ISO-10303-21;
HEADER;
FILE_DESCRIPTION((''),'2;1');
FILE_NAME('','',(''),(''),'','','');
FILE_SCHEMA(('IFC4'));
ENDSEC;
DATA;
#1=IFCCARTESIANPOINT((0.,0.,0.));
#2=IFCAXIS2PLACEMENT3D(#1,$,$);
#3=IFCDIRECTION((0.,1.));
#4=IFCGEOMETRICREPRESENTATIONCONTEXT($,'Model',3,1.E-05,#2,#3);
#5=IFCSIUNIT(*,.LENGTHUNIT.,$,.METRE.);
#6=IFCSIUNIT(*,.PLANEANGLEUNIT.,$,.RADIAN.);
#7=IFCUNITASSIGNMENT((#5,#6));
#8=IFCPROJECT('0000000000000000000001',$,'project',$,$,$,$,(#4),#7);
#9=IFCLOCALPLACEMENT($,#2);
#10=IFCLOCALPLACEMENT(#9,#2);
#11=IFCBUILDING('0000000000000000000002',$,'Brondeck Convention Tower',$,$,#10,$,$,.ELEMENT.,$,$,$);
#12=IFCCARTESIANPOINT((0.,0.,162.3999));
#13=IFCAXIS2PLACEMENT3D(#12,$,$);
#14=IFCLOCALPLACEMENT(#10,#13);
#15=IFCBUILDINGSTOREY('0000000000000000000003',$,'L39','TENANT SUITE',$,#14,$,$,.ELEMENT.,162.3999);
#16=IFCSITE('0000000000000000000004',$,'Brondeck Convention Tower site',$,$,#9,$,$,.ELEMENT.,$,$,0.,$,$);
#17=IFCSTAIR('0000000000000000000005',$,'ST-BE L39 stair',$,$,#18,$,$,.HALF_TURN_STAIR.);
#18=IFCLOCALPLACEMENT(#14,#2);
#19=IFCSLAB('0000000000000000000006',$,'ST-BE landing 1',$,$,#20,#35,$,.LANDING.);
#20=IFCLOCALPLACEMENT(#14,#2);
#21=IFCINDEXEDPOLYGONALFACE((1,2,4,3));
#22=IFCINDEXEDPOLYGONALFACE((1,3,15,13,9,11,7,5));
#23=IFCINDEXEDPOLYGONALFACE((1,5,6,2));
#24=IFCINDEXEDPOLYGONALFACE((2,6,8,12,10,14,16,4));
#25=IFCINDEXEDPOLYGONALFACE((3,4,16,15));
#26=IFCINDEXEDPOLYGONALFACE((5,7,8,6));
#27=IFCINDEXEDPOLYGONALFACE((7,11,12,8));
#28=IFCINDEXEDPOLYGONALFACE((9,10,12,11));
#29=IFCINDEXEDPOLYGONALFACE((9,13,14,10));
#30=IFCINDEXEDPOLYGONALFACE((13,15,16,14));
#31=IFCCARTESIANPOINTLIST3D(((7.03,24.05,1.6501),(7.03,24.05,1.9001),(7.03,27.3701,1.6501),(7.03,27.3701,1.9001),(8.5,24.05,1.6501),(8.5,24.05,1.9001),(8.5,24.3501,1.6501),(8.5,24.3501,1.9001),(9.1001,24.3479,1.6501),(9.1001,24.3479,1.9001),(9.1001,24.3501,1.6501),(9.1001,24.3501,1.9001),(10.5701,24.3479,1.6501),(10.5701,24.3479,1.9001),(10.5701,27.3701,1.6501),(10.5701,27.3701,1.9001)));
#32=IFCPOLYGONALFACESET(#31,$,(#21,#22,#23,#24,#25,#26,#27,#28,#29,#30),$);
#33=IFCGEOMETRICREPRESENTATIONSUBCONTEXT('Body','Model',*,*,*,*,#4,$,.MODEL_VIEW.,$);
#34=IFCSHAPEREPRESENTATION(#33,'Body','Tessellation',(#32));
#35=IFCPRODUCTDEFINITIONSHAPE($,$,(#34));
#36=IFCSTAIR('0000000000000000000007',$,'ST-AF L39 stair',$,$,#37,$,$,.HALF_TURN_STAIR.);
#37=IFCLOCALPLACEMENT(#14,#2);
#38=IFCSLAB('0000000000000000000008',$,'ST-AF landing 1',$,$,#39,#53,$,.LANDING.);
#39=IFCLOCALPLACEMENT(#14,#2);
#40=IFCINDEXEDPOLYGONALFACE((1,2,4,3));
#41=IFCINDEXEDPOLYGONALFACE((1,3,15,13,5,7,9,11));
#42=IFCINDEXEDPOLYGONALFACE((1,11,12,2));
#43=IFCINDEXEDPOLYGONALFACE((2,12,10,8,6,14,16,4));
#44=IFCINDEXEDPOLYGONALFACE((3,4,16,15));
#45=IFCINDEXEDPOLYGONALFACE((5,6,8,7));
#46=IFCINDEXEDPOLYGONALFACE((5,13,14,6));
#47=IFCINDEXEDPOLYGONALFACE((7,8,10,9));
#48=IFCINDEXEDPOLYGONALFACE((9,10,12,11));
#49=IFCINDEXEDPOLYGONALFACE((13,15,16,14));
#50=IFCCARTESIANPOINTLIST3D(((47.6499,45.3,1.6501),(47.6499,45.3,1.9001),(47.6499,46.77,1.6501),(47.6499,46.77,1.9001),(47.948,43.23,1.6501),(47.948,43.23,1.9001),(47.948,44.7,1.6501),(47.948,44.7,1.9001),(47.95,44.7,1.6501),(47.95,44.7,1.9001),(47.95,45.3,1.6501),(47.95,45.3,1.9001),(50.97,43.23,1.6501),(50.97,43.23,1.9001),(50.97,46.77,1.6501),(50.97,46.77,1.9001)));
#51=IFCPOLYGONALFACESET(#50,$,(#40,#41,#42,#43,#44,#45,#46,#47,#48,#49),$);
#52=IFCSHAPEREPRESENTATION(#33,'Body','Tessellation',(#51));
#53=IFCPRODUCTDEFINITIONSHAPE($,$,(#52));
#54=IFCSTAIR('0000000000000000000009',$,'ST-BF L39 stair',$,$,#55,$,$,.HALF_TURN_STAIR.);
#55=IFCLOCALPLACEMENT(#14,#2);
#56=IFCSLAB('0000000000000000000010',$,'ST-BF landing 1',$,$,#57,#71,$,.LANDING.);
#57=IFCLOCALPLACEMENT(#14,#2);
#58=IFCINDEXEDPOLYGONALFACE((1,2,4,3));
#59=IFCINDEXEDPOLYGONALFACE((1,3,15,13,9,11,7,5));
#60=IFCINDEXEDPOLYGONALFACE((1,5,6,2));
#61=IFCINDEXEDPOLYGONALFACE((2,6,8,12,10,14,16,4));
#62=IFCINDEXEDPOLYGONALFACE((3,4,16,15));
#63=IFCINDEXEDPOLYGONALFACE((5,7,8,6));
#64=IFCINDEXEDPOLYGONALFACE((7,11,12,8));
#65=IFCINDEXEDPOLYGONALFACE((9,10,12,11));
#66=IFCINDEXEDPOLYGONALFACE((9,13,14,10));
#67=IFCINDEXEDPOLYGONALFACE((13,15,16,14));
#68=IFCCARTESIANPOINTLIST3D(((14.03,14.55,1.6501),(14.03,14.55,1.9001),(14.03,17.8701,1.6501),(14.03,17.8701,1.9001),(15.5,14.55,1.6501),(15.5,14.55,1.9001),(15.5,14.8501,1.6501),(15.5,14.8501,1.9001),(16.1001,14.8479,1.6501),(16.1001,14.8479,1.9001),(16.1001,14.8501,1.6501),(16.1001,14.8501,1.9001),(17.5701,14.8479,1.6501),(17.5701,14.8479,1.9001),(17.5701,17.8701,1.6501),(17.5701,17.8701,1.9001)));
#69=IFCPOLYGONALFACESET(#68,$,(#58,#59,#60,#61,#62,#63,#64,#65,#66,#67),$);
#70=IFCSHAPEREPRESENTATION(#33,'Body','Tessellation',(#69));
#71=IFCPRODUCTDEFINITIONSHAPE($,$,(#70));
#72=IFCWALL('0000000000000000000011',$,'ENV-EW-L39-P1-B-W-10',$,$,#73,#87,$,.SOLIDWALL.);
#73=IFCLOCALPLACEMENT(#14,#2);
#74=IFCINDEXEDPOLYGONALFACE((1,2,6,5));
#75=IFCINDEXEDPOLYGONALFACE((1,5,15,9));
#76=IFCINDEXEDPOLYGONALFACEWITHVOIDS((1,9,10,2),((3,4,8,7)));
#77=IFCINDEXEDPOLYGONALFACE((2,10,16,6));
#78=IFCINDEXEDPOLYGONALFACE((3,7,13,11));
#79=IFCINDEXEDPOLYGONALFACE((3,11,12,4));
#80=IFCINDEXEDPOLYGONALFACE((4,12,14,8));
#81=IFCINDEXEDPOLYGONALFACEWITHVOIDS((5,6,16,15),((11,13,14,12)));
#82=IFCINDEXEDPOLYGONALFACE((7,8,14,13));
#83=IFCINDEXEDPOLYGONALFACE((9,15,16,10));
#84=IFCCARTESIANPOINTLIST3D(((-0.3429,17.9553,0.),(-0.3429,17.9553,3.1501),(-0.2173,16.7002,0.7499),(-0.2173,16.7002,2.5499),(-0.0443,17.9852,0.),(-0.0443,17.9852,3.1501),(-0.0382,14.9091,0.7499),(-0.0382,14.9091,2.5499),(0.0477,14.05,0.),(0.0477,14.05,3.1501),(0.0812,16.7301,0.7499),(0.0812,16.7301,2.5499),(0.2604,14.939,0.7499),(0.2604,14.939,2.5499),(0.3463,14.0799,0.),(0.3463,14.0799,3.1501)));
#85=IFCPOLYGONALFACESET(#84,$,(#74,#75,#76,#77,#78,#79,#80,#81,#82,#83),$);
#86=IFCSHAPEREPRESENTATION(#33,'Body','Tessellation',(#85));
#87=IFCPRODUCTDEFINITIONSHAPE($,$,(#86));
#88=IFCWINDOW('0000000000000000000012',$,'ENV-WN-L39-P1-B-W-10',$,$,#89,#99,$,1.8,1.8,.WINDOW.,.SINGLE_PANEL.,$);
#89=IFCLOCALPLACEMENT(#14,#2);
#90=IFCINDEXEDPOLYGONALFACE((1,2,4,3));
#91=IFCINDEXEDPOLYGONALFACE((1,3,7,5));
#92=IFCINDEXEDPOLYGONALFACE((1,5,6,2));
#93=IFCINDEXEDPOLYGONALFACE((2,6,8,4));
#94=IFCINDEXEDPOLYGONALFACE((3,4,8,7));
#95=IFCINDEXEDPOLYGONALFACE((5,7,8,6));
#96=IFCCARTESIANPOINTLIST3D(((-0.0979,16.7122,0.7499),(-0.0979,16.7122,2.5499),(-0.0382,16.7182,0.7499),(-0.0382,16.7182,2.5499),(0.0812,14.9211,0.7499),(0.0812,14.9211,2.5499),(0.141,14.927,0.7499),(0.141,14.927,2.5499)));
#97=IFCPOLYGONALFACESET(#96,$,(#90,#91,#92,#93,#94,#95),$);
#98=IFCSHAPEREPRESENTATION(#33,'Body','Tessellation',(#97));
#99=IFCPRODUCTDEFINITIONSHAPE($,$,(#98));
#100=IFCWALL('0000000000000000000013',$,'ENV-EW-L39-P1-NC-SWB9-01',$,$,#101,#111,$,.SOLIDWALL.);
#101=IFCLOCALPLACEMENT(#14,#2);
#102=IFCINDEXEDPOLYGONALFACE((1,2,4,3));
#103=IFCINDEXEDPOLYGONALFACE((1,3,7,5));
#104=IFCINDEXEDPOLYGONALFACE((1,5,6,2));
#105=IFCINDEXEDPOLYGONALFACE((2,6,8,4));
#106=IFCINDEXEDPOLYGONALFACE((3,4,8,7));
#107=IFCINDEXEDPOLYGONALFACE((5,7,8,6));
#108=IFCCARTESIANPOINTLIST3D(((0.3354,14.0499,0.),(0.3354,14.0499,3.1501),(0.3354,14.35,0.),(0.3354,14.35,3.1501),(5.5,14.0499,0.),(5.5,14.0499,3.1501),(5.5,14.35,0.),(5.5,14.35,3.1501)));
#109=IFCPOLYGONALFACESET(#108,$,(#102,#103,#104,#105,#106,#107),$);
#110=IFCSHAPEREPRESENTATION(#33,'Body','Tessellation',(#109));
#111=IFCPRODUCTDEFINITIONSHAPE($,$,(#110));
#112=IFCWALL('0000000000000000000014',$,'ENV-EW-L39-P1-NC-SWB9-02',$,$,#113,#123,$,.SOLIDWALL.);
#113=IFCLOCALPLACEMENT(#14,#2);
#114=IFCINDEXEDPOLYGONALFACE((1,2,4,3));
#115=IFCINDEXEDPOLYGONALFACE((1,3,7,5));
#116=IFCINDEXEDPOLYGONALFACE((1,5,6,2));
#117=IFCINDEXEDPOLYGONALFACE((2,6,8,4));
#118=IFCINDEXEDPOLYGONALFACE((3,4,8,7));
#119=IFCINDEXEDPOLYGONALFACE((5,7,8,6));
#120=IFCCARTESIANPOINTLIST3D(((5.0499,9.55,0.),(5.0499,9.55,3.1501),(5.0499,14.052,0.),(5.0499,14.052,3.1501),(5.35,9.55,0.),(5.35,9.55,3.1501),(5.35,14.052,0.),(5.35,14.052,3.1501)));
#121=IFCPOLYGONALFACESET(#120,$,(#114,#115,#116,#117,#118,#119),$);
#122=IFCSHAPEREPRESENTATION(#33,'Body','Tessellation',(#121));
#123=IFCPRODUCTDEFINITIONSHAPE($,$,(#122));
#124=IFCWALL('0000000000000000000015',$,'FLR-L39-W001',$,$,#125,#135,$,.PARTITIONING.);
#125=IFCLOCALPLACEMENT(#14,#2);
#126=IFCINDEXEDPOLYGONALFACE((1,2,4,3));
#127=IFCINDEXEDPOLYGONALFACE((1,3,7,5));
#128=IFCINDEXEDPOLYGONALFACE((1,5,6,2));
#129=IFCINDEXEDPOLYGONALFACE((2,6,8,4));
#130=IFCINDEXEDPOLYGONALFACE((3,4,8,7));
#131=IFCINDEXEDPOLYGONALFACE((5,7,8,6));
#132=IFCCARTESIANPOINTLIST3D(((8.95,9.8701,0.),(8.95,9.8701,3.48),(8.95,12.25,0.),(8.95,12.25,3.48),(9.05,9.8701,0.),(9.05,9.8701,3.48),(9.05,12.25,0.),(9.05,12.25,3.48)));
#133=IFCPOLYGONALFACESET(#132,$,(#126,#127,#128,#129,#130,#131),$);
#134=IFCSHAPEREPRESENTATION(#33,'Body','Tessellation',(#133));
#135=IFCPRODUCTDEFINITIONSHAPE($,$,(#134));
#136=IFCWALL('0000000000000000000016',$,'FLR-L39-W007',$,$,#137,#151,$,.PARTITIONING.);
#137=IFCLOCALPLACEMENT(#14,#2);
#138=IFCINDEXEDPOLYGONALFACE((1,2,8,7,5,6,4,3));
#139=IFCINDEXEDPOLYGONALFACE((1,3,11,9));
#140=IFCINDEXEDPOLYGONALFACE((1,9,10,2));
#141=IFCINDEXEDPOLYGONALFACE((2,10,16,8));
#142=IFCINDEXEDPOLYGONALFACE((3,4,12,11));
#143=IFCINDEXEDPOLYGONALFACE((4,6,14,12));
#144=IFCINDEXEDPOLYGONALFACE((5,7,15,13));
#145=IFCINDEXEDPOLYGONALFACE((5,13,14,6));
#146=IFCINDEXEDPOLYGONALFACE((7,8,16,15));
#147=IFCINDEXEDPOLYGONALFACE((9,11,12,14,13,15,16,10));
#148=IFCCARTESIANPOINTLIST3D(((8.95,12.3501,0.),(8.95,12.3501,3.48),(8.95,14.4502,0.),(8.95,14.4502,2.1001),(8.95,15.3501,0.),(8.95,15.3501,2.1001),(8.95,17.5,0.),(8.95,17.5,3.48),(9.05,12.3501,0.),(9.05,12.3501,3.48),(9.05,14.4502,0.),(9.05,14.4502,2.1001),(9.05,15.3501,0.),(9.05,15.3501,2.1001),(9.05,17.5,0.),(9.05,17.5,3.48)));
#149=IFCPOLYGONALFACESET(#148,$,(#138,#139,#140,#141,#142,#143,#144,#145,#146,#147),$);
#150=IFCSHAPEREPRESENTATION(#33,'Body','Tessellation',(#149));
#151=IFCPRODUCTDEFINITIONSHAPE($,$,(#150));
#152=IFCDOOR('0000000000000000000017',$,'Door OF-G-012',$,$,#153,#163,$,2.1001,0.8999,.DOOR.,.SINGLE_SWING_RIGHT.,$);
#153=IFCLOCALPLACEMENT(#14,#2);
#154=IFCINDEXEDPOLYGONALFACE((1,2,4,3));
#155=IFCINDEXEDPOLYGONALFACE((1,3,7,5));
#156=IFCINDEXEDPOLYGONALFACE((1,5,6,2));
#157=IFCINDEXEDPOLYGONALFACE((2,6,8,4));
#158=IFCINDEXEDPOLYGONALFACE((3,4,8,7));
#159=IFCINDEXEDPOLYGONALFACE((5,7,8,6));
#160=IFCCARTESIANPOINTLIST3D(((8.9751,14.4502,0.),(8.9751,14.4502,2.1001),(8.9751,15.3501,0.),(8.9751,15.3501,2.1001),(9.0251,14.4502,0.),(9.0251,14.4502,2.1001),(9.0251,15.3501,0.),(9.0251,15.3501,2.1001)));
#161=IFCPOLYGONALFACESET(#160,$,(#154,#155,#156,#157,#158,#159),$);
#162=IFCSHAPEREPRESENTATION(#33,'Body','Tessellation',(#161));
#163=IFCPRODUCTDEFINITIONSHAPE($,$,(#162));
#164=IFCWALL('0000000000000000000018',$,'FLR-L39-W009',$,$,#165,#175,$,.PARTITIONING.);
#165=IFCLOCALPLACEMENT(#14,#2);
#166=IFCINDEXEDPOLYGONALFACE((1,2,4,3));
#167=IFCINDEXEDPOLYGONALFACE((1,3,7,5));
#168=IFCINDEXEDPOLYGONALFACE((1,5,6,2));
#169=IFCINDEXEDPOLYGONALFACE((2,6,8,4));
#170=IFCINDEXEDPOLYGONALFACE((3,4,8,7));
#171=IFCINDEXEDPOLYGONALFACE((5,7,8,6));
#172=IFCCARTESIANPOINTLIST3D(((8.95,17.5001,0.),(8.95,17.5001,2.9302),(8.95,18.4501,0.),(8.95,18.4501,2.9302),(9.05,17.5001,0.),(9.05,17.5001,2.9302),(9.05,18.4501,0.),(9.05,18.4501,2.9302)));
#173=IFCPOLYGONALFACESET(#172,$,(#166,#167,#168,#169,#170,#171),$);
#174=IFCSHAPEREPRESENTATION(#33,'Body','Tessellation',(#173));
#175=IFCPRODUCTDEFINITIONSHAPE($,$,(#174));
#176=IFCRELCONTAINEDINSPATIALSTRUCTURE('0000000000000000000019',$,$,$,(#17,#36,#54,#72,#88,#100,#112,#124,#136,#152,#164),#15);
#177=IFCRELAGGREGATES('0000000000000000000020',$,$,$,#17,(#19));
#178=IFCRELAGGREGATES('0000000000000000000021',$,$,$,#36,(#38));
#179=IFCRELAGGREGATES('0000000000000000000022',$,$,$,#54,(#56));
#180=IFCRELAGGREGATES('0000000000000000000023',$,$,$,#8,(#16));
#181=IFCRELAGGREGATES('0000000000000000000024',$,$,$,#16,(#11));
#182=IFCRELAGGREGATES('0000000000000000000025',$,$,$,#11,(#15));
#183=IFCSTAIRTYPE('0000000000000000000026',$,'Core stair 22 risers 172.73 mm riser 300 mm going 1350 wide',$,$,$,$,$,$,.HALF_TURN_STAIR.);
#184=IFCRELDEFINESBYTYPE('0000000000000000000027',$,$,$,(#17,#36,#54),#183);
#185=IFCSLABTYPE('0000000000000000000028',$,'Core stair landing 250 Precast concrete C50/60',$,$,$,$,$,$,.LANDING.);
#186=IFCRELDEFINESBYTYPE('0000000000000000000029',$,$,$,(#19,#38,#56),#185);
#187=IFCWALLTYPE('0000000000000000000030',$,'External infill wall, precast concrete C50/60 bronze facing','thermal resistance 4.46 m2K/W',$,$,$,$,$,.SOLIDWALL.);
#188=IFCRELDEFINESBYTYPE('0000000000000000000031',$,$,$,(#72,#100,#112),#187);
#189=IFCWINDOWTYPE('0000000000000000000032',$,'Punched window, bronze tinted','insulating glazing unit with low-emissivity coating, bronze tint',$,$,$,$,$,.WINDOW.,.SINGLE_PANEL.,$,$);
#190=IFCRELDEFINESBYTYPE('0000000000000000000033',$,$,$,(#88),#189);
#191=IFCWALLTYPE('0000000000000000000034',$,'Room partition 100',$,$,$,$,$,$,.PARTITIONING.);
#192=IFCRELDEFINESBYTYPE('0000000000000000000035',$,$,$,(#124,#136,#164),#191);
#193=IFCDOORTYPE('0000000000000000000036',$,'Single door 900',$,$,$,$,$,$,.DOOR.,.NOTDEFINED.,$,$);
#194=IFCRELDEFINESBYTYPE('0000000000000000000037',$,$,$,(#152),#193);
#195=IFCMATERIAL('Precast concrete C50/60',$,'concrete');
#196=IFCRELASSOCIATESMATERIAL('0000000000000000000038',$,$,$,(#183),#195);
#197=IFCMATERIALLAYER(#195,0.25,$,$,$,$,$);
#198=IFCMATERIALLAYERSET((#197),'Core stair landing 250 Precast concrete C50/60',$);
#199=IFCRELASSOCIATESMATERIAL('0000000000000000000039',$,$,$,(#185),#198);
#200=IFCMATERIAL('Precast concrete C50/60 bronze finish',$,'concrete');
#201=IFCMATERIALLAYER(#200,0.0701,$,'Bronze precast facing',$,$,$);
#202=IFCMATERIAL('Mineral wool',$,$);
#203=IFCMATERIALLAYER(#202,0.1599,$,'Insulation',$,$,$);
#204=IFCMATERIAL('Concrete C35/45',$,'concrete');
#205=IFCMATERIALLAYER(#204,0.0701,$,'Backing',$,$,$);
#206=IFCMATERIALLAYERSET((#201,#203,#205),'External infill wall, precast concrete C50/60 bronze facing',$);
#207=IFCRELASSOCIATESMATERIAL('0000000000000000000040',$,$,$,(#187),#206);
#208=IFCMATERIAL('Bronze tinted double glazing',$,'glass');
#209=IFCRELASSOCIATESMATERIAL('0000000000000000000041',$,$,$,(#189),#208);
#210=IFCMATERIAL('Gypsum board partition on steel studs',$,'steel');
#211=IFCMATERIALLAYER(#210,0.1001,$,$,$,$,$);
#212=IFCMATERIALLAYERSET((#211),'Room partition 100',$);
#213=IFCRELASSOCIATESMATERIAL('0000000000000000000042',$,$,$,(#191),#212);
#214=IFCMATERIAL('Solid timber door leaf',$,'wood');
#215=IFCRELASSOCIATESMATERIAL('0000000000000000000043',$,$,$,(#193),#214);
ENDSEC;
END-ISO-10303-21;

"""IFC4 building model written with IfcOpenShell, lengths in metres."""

from ifc_helpers import new_model, si_unit, direction, frame, frame_2d, origin, place, context, subcontext, project, spatial, polyline, rectangle, outline, extrude, material, layer, layer_set, type_object, element, fill, aggregate, save


model = new_model("IFC4")

# Units and contexts
model_context = context("Model", 3, precision=1e-05, world=origin(), true_north=direction((0.0, 1.0)))
body_context = subcontext(model_context, "Body", "Model", "MODEL_VIEW")
ifc_project = project(units=[si_unit("LENGTHUNIT", "METRE"), si_unit("PLANEANGLEUNIT", "RADIAN")], contexts=[model_context])

# Site, building, storey
site_placement = place(None, origin())
site = spatial("IfcSite", under=ifc_project, at=site_placement, Name="Brondeck Convention Tower site", CompositionType="ELEMENT", RefElevation=0.0)
building_placement = place(site_placement, origin())
building = spatial("IfcBuilding", under=site, at=building_placement, Name="Brondeck Convention Tower", CompositionType="ELEMENT")
storey_placement = place(building_placement, frame((0.0, 0.0, 162.3999)))
storey = spatial("IfcBuildingStorey", under=building, at=storey_placement, Name="L39", Description="TENANT SUITE", CompositionType="ELEMENT", Elevation=162.3999)

# Shared definitions
ifc_material_1 = material(Name="Concrete C35/45", Category="concrete")

# Stairs, slabs
ifc_material_2 = material(Name="Precast concrete C50/60", Category="concrete")
stair_type = type_object("IfcStairType", Name="Core stair 22 risers 172.73 mm riser 300 mm going 1350 wide", PredefinedType="HALF_TURN_STAIR", material=ifc_material_2)
ifc_layer_1 = layer(ifc_material_2, 0.25)
ifc_layer_set_1 = layer_set([ifc_layer_1], Name="Core stair landing 250 Precast concrete C50/60")
slab_type_1 = type_object("IfcSlabType", Name="Core stair landing 250 Precast concrete C50/60", PredefinedType="LANDING", material=ifc_layer_set_1)
stair_1_placement = place(storey_placement, origin())
stair_1 = element("IfcStair", 1, at=stair_1_placement, inside=storey, type_object=stair_type, Name="ST-BE L39 stair", PredefinedType="HALF_TURN_STAIR")
slab_1_placement = place(storey_placement, frame((0.0, 0.0, 1.6501)))
slab_1 = element("IfcSlab", 2, at=slab_1_placement, type_object=slab_type_1, Name="ST-BE landing 1", PredefinedType="LANDING", context=body_context, shape_type="SweptSolid", body=[
    extrude(outline(polyline([(7.03, 24.05), (7.03, 27.3701), (10.5701, 27.3701), (10.5701, 24.3479), (9.1001, 24.3479), (9.1001, 24.3501), (8.5, 24.3501), (8.5, 24.05), (7.03, 24.05)])), origin(), (0.0, 0.0, 1.0), 0.25),
])
aggregate(stair_1, [slab_1])
stair_2_placement = place(storey_placement, origin())
stair_2 = element("IfcStair", 3, at=stair_2_placement, inside=storey, type_object=stair_type, Name="ST-AF L39 stair", PredefinedType="HALF_TURN_STAIR")
slab_2_placement = place(storey_placement, frame((0.0, 0.0, 1.6501)))
slab_2 = element("IfcSlab", 4, at=slab_2_placement, type_object=slab_type_1, Name="ST-AF landing 1", PredefinedType="LANDING", context=body_context, shape_type="SweptSolid", body=[
    extrude(outline(polyline([(47.948, 44.7), (47.95, 44.7), (47.95, 45.3), (47.6499, 45.3), (47.6499, 46.77), (50.97, 46.77), (50.97, 43.23), (47.948, 43.23), (47.948, 44.7)])), origin(), (0.0, 0.0, 1.0), 0.25),
])
aggregate(stair_2, [slab_2])
stair_3_placement = place(storey_placement, origin())
stair_3 = element("IfcStair", 5, at=stair_3_placement, inside=storey, type_object=stair_type, Name="ST-BF L39 stair", PredefinedType="HALF_TURN_STAIR")
slab_3_placement = place(storey_placement, frame((0.0, 0.0, 1.6501)))
slab_3 = element("IfcSlab", 6, at=slab_3_placement, type_object=slab_type_1, Name="ST-BF landing 1", PredefinedType="LANDING", context=body_context, shape_type="SweptSolid", body=[
    extrude(outline(polyline([(14.03, 14.55), (14.03, 17.8701), (17.5701, 17.8701), (17.5701, 14.8479), (16.1001, 14.8479), (16.1001, 14.8501), (15.5, 14.8501), (15.5, 14.55), (14.03, 14.55)])), origin(), (0.0, 0.0, 1.0), 0.25),
])
aggregate(stair_3, [slab_3])

# Wall, opening, window
ifc_material_3 = material(Name="Precast concrete C50/60 bronze finish", Category="concrete")
ifc_layer_2 = layer(ifc_material_3, 0.0701, Name="Bronze precast facing")
ifc_material_4 = material(Name="Mineral wool")
ifc_layer_3 = layer(ifc_material_4, 0.1599, Name="Insulation")
ifc_layer_4 = layer(ifc_material_1, 0.0701, Name="Backing")
ifc_layer_set_2 = layer_set([ifc_layer_2, ifc_layer_3, ifc_layer_4], Name="External infill wall, precast concrete C50/60 bronze facing")
wall_type_1 = type_object("IfcWallType", Name="External infill wall, precast concrete C50/60 bronze facing", Description="thermal resistance 4.46 m2K/W", PredefinedType="SOLIDWALL", material=ifc_layer_set_2)
wall_1_placement = place(storey_placement, frame((0.197, 14.0649, 0.0), z_axis=(0.0, 0.0, 1.0), x_axis=(-0.099528, 0.995035, 0.0)))
wall_1 = element("IfcWall", 7, at=wall_1_placement, inside=storey, type_object=wall_type_1, Name="ENV-EW-L39-P1-B-W-10", PredefinedType="SOLIDWALL", context=body_context, shape_type="SweptSolid", body=[
    extrude(rectangle(XDim=3.9248, YDim=0.3, at=frame_2d((1.9624, 0.0))), origin(), (0.0, 0.0, 1.0), 3.1501),
])
opening_1_placement = place(wall_1_placement, frame((0.8635, 0.0, 0.75)))
opening_1 = element("IfcOpeningElement", 8, at=opening_1_placement, cuts=wall_1, PredefinedType="OPENING", context=body_context, shape_type="SweptSolid", body=[
    extrude(rectangle(XDim=1.8, YDim=1.8, at=frame_2d((0.8999, 0.8999))), frame((0.0, 0.1599, 0.0), z_axis=(0.0, -1.0, 0.0), x_axis=(1.0, 0.0, 0.0)), (0.0, 0.0, 1.0), 0.3201),
])
ifc_material_5 = material(Name="Bronze tinted double glazing", Category="glass")
window_type = type_object("IfcWindowType", Name="Punched window, bronze tinted", Description="insulating glazing unit with low-emissivity coating, bronze tint", PartitioningType="SINGLE_PANEL", PredefinedType="WINDOW", material=ifc_material_5)
window_placement = place(opening_1_placement, origin())
window = element("IfcWindow", 9, at=window_placement, inside=storey, type_object=window_type, Name="ENV-WN-L39-P1-B-W-10", OverallHeight=1.8, OverallWidth=1.8, PartitioningType="SINGLE_PANEL", PredefinedType="WINDOW", context=body_context, shape_type="SweptSolid", body=[
    extrude(rectangle(XDim=1.8, YDim=1.8, at=frame_2d((0.8999, 0.8999))), frame((0.0, 0.03, 0.0), z_axis=(0.0, -1.0, 0.0), x_axis=(1.0, 0.0, 0.0)), (0.0, 0.0, 1.0), 0.0601),
])
fill(opening_1, window)

# Walls
wall_2_placement = place(storey_placement, frame((5.5, 14.2, 0.0), z_axis=(0.0, 0.0, 1.0), x_axis=(-1.0, 0.0, 0.0)))
element("IfcWall", 10, at=wall_2_placement, inside=storey, type_object=wall_type_1, Name="ENV-EW-L39-P1-NC-SWB9-01", PredefinedType="SOLIDWALL", context=body_context, shape_type="SweptSolid", body=[
    extrude(rectangle(XDim=5.1646, YDim=0.3, at=frame_2d((2.5823, 0.0))), origin(), (0.0, 0.0, 1.0), 3.1501),
])
wall_3_placement = place(storey_placement, frame((5.2, 9.55, 0.0), z_axis=(0.0, 0.0, 1.0), x_axis=(0.0, 1.0, 0.0)))
element("IfcWall", 11, at=wall_3_placement, inside=storey, type_object=wall_type_1, Name="ENV-EW-L39-P1-NC-SWB9-02", PredefinedType="SOLIDWALL", context=body_context, shape_type="SweptSolid", body=[
    extrude(rectangle(XDim=4.502, YDim=0.3, at=frame_2d((2.251, 0.0))), origin(), (0.0, 0.0, 1.0), 3.1501),
])
ifc_material_6 = material(Name="Gypsum board partition on steel studs", Category="steel")
ifc_layer_5 = layer(ifc_material_6, 0.1001)
ifc_layer_set_3 = layer_set([ifc_layer_5], Name="Room partition 100")
wall_type_2 = type_object("IfcWallType", Name="Room partition 100", PredefinedType="PARTITIONING", material=ifc_layer_set_3)
wall_4_placement = place(storey_placement, frame((9.0, 9.8701, 0.0), z_axis=(0.0, 0.0, 1.0), x_axis=(0.0, 1.0, 0.0)))
element("IfcWall", 12, at=wall_4_placement, inside=storey, type_object=wall_type_2, Name="FLR-L39-W001", PredefinedType="PARTITIONING", context=body_context, shape_type="SweptSolid", body=[
    extrude(rectangle(XDim=2.3799, YDim=0.1001, at=frame_2d((1.1899, 0.0))), origin(), (0.0, 0.0, 1.0), 3.48),
])

# Wall, opening, door
wall_5_placement = place(storey_placement, frame((9.0, 12.3501, 0.0), z_axis=(0.0, 0.0, 1.0), x_axis=(0.0, 1.0, 0.0)))
wall_5 = element("IfcWall", 13, at=wall_5_placement, inside=storey, type_object=wall_type_2, Name="FLR-L39-W007", PredefinedType="PARTITIONING", context=body_context, shape_type="SweptSolid", body=[
    extrude(rectangle(XDim=5.1499, YDim=0.1001, at=frame_2d((2.575, 0.0))), origin(), (0.0, 0.0, 1.0), 3.48),
])
opening_2_placement = place(wall_5_placement, frame((2.1001, 0.0, 0.0)))
opening_2 = element("IfcOpeningElement", 14, at=opening_2_placement, cuts=wall_5, PredefinedType="OPENING", context=body_context, shape_type="SweptSolid", body=[
    extrude(rectangle(XDim=0.8999, YDim=2.1001, at=frame_2d((0.45, 1.05))), frame((0.0, 0.0601, 0.0), z_axis=(0.0, -1.0, 0.0), x_axis=(1.0, 0.0, 0.0)), (0.0, 0.0, 1.0), 0.1201),
])
ifc_material_7 = material(Name="Solid timber door leaf", Category="wood")
door_type = type_object("IfcDoorType", Name="Single door 900", OperationType="NOTDEFINED", PredefinedType="DOOR", material=ifc_material_7)
door_placement = place(opening_2_placement, origin())
door = element("IfcDoor", 15, at=door_placement, inside=storey, type_object=door_type, Name="Door OF-G-012", OperationType="SINGLE_SWING_RIGHT", OverallHeight=2.1001, OverallWidth=0.8999, PredefinedType="DOOR", context=body_context, shape_type="SweptSolid", body=[
    extrude(rectangle(XDim=0.8999, YDim=2.1001, at=frame_2d((0.45, 1.05))), frame((0.0, 0.0249, 0.0), z_axis=(0.0, -1.0, 0.0), x_axis=(1.0, 0.0, 0.0)), (0.0, 0.0, 1.0), 0.05),
])
fill(opening_2, door)

# Wall
wall_6_placement = place(storey_placement, frame((9.0, 17.5, 0.0), z_axis=(0.0, 0.0, 1.0), x_axis=(0.0, 1.0, 0.0)))
element("IfcWall", 16, at=wall_6_placement, inside=storey, type_object=wall_type_2, Name="FLR-L39-W009", PredefinedType="PARTITIONING", context=body_context, shape_type="SweptSolid", body=[
    extrude(rectangle(XDim=0.95, YDim=0.1001, at=frame_2d((0.4751, 0.0))), origin(), (0.0, 0.0, 1.0), 2.9302),
])

save(model, "model.ifc")
